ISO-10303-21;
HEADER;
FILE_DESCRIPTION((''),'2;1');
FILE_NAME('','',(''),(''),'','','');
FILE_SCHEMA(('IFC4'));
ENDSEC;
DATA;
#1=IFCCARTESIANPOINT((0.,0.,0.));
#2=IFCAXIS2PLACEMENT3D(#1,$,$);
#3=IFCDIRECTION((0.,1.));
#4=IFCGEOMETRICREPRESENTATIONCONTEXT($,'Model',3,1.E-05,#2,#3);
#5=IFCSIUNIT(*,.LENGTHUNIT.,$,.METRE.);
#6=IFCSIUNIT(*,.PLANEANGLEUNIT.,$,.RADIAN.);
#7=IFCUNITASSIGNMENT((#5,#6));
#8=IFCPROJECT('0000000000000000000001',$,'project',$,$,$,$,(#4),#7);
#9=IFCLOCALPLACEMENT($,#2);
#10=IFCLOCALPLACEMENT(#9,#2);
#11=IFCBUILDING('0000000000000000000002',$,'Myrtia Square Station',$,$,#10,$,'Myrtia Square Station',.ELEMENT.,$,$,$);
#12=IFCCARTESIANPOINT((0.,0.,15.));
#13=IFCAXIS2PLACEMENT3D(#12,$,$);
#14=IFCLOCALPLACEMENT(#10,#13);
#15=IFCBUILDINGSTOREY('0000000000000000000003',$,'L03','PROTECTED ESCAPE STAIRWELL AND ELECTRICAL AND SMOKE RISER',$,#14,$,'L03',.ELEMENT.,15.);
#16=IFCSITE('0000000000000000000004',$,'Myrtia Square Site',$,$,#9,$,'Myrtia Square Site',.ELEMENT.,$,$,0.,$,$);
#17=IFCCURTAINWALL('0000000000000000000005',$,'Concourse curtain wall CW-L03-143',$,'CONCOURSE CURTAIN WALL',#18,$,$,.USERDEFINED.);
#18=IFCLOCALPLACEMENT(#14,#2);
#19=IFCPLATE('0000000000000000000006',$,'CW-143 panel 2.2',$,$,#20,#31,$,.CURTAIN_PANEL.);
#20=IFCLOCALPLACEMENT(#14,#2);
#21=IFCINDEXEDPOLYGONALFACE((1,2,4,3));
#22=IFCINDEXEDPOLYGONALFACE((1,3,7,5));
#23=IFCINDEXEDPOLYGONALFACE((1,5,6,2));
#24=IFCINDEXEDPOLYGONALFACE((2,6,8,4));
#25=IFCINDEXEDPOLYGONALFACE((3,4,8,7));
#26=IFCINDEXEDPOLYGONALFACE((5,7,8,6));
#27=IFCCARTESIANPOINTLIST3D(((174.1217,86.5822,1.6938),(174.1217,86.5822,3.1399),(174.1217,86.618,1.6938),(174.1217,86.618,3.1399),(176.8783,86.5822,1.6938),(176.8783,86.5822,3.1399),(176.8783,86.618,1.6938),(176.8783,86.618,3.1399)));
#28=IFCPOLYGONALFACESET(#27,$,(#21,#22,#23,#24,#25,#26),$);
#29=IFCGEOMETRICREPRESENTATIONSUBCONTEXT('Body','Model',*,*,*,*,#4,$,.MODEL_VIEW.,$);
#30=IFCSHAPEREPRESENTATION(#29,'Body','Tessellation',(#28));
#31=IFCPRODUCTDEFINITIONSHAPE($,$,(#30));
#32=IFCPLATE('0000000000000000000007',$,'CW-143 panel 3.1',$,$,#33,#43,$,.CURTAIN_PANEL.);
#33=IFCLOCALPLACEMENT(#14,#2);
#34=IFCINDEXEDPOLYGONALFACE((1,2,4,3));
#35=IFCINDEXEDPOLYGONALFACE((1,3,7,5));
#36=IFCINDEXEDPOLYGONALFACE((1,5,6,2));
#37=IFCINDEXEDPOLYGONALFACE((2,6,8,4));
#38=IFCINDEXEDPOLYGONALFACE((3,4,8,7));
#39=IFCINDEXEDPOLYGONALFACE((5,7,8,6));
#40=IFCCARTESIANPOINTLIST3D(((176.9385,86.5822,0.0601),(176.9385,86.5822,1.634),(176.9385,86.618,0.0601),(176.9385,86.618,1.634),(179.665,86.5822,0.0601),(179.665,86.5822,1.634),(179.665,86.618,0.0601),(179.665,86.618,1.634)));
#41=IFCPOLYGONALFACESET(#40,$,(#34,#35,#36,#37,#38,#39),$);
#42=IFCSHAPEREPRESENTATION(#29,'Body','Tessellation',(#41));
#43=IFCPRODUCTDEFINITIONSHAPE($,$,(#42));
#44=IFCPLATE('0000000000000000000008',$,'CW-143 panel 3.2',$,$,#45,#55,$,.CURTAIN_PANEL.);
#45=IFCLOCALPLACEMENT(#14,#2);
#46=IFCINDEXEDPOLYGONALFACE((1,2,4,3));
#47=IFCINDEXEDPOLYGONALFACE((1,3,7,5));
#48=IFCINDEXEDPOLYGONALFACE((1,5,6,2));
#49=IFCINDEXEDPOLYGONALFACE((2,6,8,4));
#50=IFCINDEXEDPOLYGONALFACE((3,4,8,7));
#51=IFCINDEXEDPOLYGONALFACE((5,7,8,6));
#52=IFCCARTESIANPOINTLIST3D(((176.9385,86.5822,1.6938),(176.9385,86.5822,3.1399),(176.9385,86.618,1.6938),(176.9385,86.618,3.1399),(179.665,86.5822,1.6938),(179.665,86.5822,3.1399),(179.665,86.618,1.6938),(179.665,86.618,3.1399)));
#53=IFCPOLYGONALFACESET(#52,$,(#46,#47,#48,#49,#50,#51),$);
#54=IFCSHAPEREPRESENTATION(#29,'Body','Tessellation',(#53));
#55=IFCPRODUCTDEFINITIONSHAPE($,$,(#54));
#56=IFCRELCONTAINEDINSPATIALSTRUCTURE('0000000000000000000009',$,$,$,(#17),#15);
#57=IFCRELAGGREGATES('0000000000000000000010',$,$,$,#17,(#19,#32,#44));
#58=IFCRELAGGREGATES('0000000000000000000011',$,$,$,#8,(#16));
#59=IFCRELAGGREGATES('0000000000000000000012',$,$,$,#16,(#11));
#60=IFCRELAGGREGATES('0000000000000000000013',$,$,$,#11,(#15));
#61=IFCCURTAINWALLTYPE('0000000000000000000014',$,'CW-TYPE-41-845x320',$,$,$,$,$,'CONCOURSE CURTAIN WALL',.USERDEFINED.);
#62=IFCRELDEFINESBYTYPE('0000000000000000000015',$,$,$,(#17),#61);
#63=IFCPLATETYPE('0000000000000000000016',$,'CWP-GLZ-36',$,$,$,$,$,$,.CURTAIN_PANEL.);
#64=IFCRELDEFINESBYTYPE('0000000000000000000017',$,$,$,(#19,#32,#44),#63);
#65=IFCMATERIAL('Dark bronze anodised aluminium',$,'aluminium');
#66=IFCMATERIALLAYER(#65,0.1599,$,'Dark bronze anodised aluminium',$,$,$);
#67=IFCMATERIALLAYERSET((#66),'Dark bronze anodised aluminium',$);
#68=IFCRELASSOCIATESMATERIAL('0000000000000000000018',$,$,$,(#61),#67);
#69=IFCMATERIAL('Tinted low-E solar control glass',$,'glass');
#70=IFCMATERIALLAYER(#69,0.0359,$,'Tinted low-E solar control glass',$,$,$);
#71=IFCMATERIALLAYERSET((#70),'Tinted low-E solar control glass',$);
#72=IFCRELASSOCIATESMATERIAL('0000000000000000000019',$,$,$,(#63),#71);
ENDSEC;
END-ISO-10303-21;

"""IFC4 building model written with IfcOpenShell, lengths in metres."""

from ifc_helpers import new_model, si_unit, direction, frame, origin, origin_2d, place, context, subcontext, project, spatial, rectangle, extrude, material, layer, layer_set, type_object, element, aggregate, save


model = new_model("IFC4")

# Units and contexts
model_context = context("Model", 3, precision=1e-05, world=origin(), true_north=direction((0.0, 1.0)))
body_context = subcontext(model_context, "Body", "Model", "MODEL_VIEW")
ifc_project = project(units=[si_unit("LENGTHUNIT", "METRE"), si_unit("PLANEANGLEUNIT", "RADIAN")], contexts=[model_context])

# Site, building, storey
site_placement = place(None, origin())
site = spatial("IfcSite", under=ifc_project, at=site_placement, Name="Myrtia Square Site", LongName="Myrtia Square Site", CompositionType="ELEMENT", RefElevation=0.0)
building_placement = place(site_placement, origin())
building = spatial("IfcBuilding", under=site, at=building_placement, Name="Myrtia Square Station", LongName="Myrtia Square Station", CompositionType="ELEMENT")
storey_placement = place(building_placement, frame((0.0, 0.0, 15.0)))
storey = spatial("IfcBuildingStorey", under=building, at=storey_placement, Name="L03", Description="PROTECTED ESCAPE STAIRWELL AND ELECTRICAL AND SMOKE RISER", LongName="L03", CompositionType="ELEMENT", Elevation=15.0)

# Curtain wall
ifc_material_1 = material(Name="Dark bronze anodised aluminium", Category="aluminium")
ifc_layer_1 = layer(ifc_material_1, 0.1599, Name="Dark bronze anodised aluminium")
ifc_layer_set_1 = layer_set([ifc_layer_1], Name="Dark bronze anodised aluminium")
curtain_wall_type = type_object("IfcCurtainWallType", Name="CW-TYPE-41-845x320", ElementType="CONCOURSE CURTAIN WALL", PredefinedType="USERDEFINED", material=ifc_layer_set_1)
curtain_wall_1_placement = place(storey_placement, origin())
curtain_wall_1 = element("IfcCurtainWall", 1, at=curtain_wall_1_placement, inside=storey, type_object=curtain_wall_type, Name="Concourse curtain wall CW-L03-143", ObjectType="CONCOURSE CURTAIN WALL", PredefinedType="USERDEFINED")

# Plates
ifc_material_2 = material(Name="Tinted low-E solar control glass", Category="glass")
ifc_layer_2 = layer(ifc_material_2, 0.0359, Name="Tinted low-E solar control glass")
ifc_layer_set_2 = layer_set([ifc_layer_2], Name="Tinted low-E solar control glass")
plate_type_1 = type_object("IfcPlateType", Name="CWP-GLZ-36", PredefinedType="CURTAIN_PANEL", material=ifc_layer_set_2)
plate_1_placement = place(storey_placement, frame((175.5, 86.6001, 1.6938), z_axis=(0.0, 0.0, 1.0), x_axis=(1.0, 0.0, 0.0)))
plate_1 = element("IfcPlate", 2, at=plate_1_placement, type_object=plate_type_1, Name="CW-143 panel 2.2", PredefinedType="CURTAIN_PANEL", context=body_context, shape_type="SweptSolid", body=[
    extrude(rectangle(XDim=2.7566, YDim=0.0359, at=origin_2d()), origin(), (0.0, 0.0, 1.0), 1.446),
])
plate_2_placement = place(storey_placement, frame((178.3018, 86.6001, 0.0601), z_axis=(0.0, 0.0, 1.0), x_axis=(1.0, 0.0, 0.0)))
plate_2 = element("IfcPlate", 3, at=plate_2_placement, type_object=plate_type_1, Name="CW-143 panel 3.1", PredefinedType="CURTAIN_PANEL", context=body_context, shape_type="SweptSolid", body=[
    extrude(rectangle(XDim=2.7266, YDim=0.0359, at=origin_2d()), origin(), (0.0, 0.0, 1.0), 1.574),
])
plate_3_placement = place(storey_placement, frame((178.3018, 86.6001, 1.6938), z_axis=(0.0, 0.0, 1.0), x_axis=(1.0, 0.0, 0.0)))
plate_3 = element("IfcPlate", 4, at=plate_3_placement, type_object=plate_type_1, Name="CW-143 panel 3.2", PredefinedType="CURTAIN_PANEL", context=body_context, shape_type="SweptSolid", body=[
    extrude(rectangle(XDim=2.7266, YDim=0.0359, at=origin_2d()), origin(), (0.0, 0.0, 1.0), 1.446),
])
aggregate(curtain_wall_1, [plate_1, plate_2, plate_3])

save(model, "model.ifc")
